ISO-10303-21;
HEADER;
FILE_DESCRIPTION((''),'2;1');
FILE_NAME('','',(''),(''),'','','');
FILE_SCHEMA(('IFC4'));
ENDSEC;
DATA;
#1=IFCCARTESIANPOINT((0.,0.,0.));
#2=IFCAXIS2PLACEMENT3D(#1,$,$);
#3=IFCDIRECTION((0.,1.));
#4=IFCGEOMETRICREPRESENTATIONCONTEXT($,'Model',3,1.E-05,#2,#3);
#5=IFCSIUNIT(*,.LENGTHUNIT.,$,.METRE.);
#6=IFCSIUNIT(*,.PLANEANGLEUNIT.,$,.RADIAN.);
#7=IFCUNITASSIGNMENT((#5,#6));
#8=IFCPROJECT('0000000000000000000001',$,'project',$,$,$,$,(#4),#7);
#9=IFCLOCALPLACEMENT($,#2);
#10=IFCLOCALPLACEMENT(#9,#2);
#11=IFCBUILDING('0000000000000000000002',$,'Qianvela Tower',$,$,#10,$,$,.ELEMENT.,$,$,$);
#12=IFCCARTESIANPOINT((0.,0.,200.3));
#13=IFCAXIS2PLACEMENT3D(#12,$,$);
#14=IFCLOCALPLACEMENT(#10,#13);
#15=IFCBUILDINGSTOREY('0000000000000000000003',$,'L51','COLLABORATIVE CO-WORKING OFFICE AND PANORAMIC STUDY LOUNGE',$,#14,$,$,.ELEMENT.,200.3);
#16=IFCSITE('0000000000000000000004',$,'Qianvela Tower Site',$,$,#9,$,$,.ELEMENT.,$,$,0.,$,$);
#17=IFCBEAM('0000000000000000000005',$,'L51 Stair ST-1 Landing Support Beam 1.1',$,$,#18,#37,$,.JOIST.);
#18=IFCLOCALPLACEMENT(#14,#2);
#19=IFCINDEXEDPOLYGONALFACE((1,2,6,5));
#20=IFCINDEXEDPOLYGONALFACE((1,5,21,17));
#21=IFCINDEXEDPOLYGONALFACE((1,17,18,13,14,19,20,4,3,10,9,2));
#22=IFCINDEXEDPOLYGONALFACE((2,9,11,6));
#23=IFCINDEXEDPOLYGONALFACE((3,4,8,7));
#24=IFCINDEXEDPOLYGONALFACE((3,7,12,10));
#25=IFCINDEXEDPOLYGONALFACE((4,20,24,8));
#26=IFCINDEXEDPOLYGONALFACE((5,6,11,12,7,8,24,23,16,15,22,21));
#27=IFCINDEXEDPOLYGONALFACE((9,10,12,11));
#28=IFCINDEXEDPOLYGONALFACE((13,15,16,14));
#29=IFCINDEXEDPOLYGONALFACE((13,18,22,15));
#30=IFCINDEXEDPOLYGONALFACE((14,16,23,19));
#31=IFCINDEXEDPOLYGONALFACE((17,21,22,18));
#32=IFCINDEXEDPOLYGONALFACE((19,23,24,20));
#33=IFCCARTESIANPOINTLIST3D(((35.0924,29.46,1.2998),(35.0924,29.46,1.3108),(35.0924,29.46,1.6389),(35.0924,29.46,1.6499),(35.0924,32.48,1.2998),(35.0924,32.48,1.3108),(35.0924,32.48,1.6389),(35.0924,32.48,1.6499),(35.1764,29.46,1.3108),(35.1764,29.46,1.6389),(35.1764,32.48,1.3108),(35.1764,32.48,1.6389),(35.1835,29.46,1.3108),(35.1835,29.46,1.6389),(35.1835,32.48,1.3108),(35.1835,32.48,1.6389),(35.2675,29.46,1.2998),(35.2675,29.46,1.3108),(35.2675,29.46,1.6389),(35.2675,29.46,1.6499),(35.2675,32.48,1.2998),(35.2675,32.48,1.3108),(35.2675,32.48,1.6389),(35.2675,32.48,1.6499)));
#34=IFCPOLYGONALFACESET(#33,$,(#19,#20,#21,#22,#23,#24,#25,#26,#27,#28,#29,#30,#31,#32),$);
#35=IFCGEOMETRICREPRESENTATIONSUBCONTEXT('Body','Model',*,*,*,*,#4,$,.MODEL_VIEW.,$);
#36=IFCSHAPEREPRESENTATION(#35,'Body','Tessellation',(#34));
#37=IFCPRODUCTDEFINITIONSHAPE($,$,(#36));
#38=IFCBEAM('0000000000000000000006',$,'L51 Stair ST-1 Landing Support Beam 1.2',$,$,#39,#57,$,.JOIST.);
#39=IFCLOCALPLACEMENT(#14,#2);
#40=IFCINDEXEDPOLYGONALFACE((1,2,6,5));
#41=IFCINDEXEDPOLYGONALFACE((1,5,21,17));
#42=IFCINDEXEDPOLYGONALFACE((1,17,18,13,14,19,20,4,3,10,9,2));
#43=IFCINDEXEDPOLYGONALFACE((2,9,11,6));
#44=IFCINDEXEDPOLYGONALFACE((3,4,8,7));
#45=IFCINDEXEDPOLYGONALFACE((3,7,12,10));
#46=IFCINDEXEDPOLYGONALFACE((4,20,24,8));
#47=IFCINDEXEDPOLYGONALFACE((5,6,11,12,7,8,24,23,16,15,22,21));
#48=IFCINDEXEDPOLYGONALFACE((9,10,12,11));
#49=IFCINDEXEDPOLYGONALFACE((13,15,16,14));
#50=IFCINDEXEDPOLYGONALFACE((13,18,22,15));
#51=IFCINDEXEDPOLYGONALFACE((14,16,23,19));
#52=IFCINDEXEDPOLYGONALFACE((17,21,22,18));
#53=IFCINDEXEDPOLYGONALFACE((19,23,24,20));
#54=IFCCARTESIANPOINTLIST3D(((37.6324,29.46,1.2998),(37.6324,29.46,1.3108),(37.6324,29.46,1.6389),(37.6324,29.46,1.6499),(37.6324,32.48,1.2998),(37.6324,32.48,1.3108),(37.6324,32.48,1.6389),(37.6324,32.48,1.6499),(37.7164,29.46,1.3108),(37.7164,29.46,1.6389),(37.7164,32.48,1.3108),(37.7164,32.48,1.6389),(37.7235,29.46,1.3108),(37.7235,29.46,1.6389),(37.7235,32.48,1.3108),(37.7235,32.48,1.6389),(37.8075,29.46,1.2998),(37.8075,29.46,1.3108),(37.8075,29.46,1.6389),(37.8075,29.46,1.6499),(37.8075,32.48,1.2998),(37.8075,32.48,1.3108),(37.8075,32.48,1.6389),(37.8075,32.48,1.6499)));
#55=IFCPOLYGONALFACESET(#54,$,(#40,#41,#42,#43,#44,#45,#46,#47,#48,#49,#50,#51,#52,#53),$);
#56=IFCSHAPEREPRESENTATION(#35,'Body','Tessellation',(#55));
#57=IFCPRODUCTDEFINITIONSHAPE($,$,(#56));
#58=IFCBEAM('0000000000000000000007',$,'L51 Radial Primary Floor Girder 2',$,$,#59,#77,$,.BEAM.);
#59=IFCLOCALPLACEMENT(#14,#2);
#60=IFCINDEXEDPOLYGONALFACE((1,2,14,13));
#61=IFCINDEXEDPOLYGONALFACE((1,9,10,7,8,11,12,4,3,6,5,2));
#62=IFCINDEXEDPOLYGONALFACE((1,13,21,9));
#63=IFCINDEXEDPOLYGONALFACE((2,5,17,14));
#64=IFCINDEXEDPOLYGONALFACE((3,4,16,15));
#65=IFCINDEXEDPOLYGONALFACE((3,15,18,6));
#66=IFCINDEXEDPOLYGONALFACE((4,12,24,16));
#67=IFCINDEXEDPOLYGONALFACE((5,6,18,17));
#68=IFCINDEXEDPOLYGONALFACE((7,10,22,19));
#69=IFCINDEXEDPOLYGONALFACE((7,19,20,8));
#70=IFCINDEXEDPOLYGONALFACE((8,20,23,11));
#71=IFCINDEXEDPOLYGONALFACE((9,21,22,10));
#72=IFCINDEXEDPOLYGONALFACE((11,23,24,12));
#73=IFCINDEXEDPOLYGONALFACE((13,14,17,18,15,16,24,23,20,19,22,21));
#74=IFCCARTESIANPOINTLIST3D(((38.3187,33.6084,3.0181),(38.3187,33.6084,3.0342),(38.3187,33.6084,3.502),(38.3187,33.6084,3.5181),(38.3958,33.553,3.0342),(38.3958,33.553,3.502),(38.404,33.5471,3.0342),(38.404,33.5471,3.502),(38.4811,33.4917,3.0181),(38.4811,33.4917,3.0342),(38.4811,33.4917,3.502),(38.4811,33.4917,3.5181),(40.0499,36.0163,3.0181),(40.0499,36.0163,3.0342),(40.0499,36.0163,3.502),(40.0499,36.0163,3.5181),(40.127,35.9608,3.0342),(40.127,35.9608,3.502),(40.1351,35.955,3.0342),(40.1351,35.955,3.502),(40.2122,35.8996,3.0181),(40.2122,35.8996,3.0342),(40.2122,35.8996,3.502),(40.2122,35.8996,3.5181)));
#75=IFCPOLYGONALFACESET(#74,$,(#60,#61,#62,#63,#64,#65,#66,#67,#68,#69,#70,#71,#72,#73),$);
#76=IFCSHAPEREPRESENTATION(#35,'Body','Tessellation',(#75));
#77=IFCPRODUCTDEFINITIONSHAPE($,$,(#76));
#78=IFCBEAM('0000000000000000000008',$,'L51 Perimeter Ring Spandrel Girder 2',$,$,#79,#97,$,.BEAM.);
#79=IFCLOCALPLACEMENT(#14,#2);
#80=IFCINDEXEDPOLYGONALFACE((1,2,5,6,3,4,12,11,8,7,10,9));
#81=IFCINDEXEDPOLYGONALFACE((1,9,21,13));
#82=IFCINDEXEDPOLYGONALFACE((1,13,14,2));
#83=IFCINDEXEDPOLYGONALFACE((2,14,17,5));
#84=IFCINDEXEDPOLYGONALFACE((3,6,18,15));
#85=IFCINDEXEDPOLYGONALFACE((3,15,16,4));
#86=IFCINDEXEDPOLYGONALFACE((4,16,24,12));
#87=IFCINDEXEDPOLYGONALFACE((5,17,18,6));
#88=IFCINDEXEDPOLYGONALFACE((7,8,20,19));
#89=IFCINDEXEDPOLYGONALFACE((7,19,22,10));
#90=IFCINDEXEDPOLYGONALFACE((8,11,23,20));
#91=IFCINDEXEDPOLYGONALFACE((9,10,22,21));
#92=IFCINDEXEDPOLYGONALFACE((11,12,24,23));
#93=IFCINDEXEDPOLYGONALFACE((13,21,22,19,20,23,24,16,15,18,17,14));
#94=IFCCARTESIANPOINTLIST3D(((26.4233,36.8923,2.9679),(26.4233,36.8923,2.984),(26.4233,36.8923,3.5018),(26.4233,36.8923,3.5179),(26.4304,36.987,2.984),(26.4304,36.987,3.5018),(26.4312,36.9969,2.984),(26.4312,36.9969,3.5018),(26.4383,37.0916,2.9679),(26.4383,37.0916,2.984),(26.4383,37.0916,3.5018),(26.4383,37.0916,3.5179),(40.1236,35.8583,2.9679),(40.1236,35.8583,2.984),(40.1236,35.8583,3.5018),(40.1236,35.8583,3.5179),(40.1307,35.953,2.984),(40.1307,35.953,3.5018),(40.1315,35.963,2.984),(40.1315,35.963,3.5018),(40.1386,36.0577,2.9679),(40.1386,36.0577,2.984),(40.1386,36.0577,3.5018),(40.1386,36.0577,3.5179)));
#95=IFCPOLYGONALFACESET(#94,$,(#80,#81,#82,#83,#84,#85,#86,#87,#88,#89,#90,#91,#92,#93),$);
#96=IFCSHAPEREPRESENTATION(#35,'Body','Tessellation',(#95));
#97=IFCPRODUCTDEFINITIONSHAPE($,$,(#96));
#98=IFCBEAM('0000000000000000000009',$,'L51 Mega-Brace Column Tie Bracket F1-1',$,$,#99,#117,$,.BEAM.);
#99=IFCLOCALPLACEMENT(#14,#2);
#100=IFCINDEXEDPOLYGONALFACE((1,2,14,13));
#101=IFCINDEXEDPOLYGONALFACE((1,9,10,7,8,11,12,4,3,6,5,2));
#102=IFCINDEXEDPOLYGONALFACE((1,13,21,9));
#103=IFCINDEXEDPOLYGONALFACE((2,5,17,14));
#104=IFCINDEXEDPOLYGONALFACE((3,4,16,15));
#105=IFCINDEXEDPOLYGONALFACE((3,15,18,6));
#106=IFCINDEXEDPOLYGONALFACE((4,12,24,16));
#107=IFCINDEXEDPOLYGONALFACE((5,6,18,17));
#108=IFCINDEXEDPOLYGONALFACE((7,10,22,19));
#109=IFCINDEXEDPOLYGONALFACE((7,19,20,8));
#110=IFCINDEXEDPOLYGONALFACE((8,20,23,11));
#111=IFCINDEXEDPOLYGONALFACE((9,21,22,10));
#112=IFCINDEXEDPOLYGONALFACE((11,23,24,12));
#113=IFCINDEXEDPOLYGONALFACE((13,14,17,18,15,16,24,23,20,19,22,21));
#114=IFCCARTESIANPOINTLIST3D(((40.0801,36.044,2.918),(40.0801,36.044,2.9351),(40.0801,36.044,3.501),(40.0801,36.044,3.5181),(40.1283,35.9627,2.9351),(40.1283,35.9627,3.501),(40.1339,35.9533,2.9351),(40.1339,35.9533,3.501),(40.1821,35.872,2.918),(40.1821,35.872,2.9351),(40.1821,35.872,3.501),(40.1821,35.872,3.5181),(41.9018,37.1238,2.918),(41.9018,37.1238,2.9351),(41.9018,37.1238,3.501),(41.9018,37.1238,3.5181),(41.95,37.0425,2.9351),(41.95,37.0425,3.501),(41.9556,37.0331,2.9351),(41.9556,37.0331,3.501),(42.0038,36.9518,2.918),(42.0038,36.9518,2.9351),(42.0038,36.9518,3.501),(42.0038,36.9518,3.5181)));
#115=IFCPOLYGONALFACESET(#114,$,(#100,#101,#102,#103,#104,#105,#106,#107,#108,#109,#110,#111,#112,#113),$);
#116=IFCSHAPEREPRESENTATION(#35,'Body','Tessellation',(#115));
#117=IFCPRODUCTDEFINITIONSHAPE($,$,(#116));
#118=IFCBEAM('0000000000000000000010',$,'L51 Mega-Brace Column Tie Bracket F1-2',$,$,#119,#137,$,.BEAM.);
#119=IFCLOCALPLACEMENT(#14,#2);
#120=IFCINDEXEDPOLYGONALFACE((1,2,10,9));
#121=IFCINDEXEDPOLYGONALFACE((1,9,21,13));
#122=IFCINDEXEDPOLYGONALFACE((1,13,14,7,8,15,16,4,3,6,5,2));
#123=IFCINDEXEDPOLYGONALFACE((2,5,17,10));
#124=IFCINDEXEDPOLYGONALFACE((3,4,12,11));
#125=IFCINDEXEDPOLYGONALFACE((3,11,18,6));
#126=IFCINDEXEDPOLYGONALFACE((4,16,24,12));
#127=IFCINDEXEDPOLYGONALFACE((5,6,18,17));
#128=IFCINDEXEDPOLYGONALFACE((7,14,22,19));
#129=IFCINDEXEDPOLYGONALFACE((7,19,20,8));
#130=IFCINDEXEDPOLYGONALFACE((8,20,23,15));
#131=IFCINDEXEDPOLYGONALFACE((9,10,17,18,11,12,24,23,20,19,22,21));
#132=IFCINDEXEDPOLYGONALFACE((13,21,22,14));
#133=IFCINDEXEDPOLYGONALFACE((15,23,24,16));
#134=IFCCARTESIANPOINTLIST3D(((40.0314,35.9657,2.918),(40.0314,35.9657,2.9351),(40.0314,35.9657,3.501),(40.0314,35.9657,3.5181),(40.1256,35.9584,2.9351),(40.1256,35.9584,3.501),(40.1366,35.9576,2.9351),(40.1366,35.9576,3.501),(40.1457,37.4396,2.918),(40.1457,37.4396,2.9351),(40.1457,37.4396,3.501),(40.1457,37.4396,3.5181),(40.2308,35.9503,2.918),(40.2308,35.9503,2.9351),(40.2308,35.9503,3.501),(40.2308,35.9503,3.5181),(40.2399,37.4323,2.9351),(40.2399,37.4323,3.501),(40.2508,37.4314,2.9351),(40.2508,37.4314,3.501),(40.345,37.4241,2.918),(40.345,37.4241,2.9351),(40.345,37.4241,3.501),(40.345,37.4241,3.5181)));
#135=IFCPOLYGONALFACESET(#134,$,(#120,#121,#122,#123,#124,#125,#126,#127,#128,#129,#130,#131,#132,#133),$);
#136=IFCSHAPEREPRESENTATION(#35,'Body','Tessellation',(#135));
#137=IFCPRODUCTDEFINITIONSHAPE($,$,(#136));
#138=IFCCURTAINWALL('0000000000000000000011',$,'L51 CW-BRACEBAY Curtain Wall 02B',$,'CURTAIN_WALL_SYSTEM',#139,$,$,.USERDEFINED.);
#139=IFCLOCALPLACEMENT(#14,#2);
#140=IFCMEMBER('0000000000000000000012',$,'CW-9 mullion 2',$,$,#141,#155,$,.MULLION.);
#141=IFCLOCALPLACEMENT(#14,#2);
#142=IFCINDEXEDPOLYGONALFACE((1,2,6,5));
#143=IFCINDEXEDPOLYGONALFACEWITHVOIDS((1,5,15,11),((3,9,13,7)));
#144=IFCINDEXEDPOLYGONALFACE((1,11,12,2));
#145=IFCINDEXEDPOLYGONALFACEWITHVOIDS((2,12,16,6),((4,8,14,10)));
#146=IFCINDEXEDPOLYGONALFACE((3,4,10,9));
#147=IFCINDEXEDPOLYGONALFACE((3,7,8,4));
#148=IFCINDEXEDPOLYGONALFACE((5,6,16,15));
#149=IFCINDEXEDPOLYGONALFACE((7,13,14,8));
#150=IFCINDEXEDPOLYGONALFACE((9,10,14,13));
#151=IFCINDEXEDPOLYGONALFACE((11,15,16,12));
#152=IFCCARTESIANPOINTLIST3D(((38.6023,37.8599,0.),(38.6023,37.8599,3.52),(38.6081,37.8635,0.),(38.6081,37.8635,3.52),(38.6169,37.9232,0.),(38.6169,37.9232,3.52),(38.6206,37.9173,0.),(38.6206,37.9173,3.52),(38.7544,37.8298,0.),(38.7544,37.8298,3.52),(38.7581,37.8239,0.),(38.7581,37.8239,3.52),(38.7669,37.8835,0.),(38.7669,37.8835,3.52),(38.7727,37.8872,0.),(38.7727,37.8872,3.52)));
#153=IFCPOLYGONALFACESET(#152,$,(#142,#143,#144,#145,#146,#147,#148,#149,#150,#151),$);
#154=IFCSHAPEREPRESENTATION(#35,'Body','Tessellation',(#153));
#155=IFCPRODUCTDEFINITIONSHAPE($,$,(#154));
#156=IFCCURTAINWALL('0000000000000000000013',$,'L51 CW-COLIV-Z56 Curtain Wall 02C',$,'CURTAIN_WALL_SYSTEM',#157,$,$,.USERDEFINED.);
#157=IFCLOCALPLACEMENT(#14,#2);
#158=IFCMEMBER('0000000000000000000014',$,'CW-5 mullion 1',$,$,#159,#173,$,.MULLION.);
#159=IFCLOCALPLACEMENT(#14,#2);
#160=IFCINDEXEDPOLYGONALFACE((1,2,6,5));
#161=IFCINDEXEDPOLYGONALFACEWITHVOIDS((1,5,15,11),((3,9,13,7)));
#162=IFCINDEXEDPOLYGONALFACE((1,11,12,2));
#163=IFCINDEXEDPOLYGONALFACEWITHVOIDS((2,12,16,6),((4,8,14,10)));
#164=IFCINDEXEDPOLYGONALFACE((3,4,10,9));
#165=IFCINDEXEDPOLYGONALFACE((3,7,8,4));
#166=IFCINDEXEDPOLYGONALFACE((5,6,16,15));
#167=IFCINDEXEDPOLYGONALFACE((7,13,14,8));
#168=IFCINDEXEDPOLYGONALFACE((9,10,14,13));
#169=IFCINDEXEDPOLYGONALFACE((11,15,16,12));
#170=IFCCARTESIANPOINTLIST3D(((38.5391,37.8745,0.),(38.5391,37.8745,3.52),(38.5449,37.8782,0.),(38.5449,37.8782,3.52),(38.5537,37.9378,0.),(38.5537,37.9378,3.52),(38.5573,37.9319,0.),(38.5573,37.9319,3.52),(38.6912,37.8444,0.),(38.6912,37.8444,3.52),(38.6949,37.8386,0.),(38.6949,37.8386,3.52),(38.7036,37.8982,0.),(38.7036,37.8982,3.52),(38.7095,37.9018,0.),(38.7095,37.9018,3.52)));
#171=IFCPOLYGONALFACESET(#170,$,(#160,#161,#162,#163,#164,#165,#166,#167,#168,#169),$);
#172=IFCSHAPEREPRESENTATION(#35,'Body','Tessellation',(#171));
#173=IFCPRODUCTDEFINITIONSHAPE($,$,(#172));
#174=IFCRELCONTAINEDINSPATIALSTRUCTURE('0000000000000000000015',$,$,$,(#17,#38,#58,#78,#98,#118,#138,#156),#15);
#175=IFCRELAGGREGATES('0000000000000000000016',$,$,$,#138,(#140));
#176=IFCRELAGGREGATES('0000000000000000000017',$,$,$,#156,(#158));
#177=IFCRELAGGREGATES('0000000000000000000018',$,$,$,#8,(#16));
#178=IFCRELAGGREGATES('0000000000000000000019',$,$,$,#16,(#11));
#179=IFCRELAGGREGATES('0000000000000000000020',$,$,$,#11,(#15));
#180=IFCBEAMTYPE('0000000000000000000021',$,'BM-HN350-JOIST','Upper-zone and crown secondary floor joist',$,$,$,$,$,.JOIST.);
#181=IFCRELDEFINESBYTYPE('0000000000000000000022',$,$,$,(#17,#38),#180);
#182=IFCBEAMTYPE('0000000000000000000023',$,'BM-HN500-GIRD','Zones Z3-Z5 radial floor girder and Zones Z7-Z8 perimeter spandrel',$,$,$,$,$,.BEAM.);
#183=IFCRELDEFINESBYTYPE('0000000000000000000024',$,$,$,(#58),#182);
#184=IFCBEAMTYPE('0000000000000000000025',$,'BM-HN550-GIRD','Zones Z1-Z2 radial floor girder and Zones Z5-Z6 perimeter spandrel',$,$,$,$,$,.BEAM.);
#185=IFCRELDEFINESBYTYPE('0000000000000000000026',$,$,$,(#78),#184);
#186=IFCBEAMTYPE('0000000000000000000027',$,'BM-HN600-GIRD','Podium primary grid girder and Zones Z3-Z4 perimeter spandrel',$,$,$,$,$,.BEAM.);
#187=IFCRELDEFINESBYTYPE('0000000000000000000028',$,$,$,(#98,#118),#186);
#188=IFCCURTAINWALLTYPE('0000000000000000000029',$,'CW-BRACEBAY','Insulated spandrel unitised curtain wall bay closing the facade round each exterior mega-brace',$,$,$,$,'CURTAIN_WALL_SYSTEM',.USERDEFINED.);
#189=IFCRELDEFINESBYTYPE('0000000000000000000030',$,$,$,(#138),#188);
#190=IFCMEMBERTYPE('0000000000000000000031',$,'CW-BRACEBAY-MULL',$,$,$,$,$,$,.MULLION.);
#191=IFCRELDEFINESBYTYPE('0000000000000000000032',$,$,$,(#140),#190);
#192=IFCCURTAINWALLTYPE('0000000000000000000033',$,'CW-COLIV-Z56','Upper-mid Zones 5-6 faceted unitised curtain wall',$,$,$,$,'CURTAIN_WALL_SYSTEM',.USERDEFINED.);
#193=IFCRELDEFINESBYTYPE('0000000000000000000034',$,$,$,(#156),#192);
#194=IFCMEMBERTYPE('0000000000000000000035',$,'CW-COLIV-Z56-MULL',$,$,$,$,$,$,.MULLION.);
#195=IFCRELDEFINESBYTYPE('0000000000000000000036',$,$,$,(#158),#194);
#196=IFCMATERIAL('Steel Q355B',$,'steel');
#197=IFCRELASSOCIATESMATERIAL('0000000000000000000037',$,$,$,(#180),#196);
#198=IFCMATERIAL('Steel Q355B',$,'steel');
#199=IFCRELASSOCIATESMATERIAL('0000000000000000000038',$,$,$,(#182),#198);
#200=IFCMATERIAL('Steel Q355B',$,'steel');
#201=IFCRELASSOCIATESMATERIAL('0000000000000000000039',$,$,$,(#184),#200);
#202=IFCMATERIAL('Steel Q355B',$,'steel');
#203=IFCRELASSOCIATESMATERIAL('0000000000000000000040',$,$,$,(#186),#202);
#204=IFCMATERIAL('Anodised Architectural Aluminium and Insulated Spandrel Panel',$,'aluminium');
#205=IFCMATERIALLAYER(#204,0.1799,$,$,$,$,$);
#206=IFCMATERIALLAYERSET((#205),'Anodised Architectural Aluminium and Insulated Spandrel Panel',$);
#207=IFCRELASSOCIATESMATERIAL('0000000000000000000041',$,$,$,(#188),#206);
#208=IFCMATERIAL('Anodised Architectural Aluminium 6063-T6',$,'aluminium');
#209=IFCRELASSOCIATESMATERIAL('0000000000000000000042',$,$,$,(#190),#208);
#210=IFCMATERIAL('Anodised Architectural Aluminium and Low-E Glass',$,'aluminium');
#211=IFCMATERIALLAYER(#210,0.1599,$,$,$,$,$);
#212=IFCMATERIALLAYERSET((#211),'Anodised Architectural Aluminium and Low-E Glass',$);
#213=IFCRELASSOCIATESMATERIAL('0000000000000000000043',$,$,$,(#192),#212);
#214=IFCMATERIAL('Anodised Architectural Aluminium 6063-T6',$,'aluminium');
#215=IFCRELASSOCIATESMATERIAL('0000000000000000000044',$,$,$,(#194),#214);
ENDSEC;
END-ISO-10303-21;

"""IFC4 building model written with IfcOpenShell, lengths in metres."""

from ifc_helpers import new_model, si_unit, direction, frame, origin, origin_2d, place, context, subcontext, project, spatial, hollow_rectangle, i_section, extrude, material, layer, layer_set, material_profile, profile_set, type_object, element, aggregate, save


model = new_model("IFC4")

# Units and contexts
model_context = context("Model", 3, precision=1e-05, world=origin(), true_north=direction((0.0, 1.0)))
body_context = subcontext(model_context, "Body", "Model", "MODEL_VIEW")
ifc_project = project(units=[si_unit("LENGTHUNIT", "METRE"), si_unit("PLANEANGLEUNIT", "RADIAN")], contexts=[model_context])

# Site, building, storey
site_placement = place(None, origin())
site = spatial("IfcSite", under=ifc_project, at=site_placement, Name="Qianvela Tower Site", CompositionType="ELEMENT", RefElevation=0.0)
building_placement = place(site_placement, origin())
building = spatial("IfcBuilding", under=site, at=building_placement, Name="Qianvela Tower", CompositionType="ELEMENT")
storey_placement = place(building_placement, frame((0.0, 0.0, 200.3)))
storey = spatial("IfcBuildingStorey", under=building, at=storey_placement, Name="L51", Description="COLLABORATIVE CO-WORKING OFFICE AND PANORAMIC STUDY LOUNGE", CompositionType="ELEMENT", Elevation=200.3)

# Beams
ifc_material_1 = material(Name="Steel Q355B", Category="steel")
ifc_material_profile_1 = material_profile(ifc_material_1, i_section(OverallWidth=0.175, OverallDepth=0.3501, WebThickness=0.0071, FlangeThickness=0.011, at=origin_2d()), Name="HN350x175x7x11")
ifc_profile_set_1 = profile_set([ifc_material_profile_1], Name="Steel Q355B")
beam_type_1 = type_object("IfcBeamType", Name="BM-HN350-JOIST", Description="Upper-zone and crown secondary floor joist", PredefinedType="JOIST", material=ifc_profile_set_1)
for number, where, z_axis, x_axis, name in (
    (1, (35.1799, 29.46, 1.4749), (0.0, 1.0, 0.0), (-1.0, 0.0, 0.0), "L51 Stair ST-1 Landing Support Beam 1.1"),
    (2, (37.72, 29.46, 1.4749), (0.0, 1.0, 0.0), (-1.0, 0.0, 0.0), "L51 Stair ST-1 Landing Support Beam 1.2"),
):
    element("IfcBeam", number, at=place(storey_placement, frame(where, z_axis=z_axis, x_axis=x_axis)), inside=storey, type_object=beam_type_1, Name=name, PredefinedType="JOIST", context=body_context, shape_type="SweptSolid", body=[
        extrude(i_section(OverallWidth=0.175, OverallDepth=0.3501, WebThickness=0.0071, FlangeThickness=0.011, at=origin_2d()), origin(), (0.0, 0.0, 1.0), 3.02),
    ])
ifc_material_2 = material(Name="Steel Q355B", Category="steel")
ifc_material_profile_2 = material_profile(ifc_material_2, i_section(OverallWidth=0.2, OverallDepth=0.5, WebThickness=0.01, FlangeThickness=0.0161, at=origin_2d()), Name="HN500x200x10x16")
ifc_profile_set_2 = profile_set([ifc_material_profile_2], Name="Steel Q355B")
beam_type_2 = type_object("IfcBeamType", Name="BM-HN500-GIRD", Description="Zones Z3-Z5 radial floor girder and Zones Z7-Z8 perimeter spandrel", PredefinedType="BEAM", material=ifc_profile_set_2)
beam_1_placement = place(storey_placement, frame((38.3999, 33.55, 3.2681), z_axis=(0.583743, 0.811939, 0.0), x_axis=(-0.811939, 0.583743, 0.0)))
element("IfcBeam", 3, at=beam_1_placement, inside=storey, type_object=beam_type_2, Name="L51 Radial Primary Floor Girder 2", PredefinedType="BEAM", context=body_context, shape_type="SweptSolid", body=[
    extrude(i_section(OverallWidth=0.2, OverallDepth=0.5, WebThickness=0.01, FlangeThickness=0.0161, at=origin_2d()), origin(), (0.0, 0.0, 1.0), 2.9656),
])
ifc_material_3 = material(Name="Steel Q355B", Category="steel")
ifc_material_profile_3 = material_profile(ifc_material_3, i_section(OverallWidth=0.2, OverallDepth=0.55, WebThickness=0.01, FlangeThickness=0.0161, at=origin_2d()), Name="HN550x200x10x16")
ifc_profile_set_3 = profile_set([ifc_material_profile_3], Name="Steel Q355B")
beam_type_3 = type_object("IfcBeamType", Name="BM-HN550-GIRD", Description="Zones Z1-Z2 radial floor girder and Zones Z5-Z6 perimeter spandrel", PredefinedType="BEAM", material=ifc_profile_set_3)
beam_2_placement = place(storey_placement, frame((40.1311, 35.958, 3.2429), z_axis=(-0.997164, 0.075255, 0.0), x_axis=(-0.075255, -0.997164, 0.0)))
element("IfcBeam", 4, at=beam_2_placement, inside=storey, type_object=beam_type_3, Name="L51 Perimeter Ring Spandrel Girder 2", PredefinedType="BEAM", context=body_context, shape_type="SweptSolid", body=[
    extrude(i_section(OverallWidth=0.2, OverallDepth=0.55, WebThickness=0.01, FlangeThickness=0.0161, at=origin_2d()), origin(), (0.0, 0.0, 1.0), 13.7393),
])
ifc_material_4 = material(Name="Steel Q355B", Category="steel")
ifc_material_profile_4 = material_profile(ifc_material_4, i_section(OverallWidth=0.2, OverallDepth=0.6001, WebThickness=0.011, FlangeThickness=0.0171, at=origin_2d()), Name="HN600x200x11x17")
ifc_profile_set_4 = profile_set([ifc_material_profile_4], Name="Steel Q355B")
beam_type_4 = type_object("IfcBeamType", Name="BM-HN600-GIRD", Description="Podium primary grid girder and Zones Z3-Z4 perimeter spandrel", PredefinedType="BEAM", material=ifc_profile_set_4)
beam_3_placement = place(storey_placement, frame((40.1311, 35.958, 3.218), z_axis=(0.860237, 0.509894, 0.0), x_axis=(-0.509894, 0.860237, 0.0)))
element("IfcBeam", 5, at=beam_3_placement, inside=storey, type_object=beam_type_4, Name="L51 Mega-Brace Column Tie Bracket F1-1", PredefinedType="BEAM", context=body_context, shape_type="SweptSolid", body=[
    extrude(i_section(OverallWidth=0.2, OverallDepth=0.6001, WebThickness=0.011, FlangeThickness=0.0171, at=origin_2d()), origin(), (0.0, 0.0, 1.0), 2.1177),
])
beam_4_placement = place(storey_placement, frame((40.1311, 35.958, 3.218), z_axis=(0.07729, 0.997009, 0.0), x_axis=(-0.997009, 0.07729, 0.0)))
element("IfcBeam", 6, at=beam_4_placement, inside=storey, type_object=beam_type_4, Name="L51 Mega-Brace Column Tie Bracket F1-2", PredefinedType="BEAM", context=body_context, shape_type="SweptSolid", body=[
    extrude(i_section(OverallWidth=0.2, OverallDepth=0.6001, WebThickness=0.011, FlangeThickness=0.0171, at=origin_2d()), origin(), (0.0, 0.0, 1.0), 1.4783),
])

# Curtain wall, member
ifc_material_5 = material(Name="Anodised Architectural Aluminium and Insulated Spandrel Panel", Category="aluminium")
ifc_layer_1 = layer(ifc_material_5, 0.1799)
ifc_layer_set_1 = layer_set([ifc_layer_1], Name="Anodised Architectural Aluminium and Insulated Spandrel Panel")
curtain_wall_type_1 = type_object("IfcCurtainWallType", Name="CW-BRACEBAY", Description="Insulated spandrel unitised curtain wall bay closing the facade round each exterior mega-brace", ElementType="CURTAIN_WALL_SYSTEM", PredefinedType="USERDEFINED", material=ifc_layer_set_1)
curtain_wall_1_placement = place(storey_placement, origin())
curtain_wall_1 = element("IfcCurtainWall", 7, at=curtain_wall_1_placement, inside=storey, type_object=curtain_wall_type_1, Name="L51 CW-BRACEBAY Curtain Wall 02B", ObjectType="CURTAIN_WALL_SYSTEM", PredefinedType="USERDEFINED")
ifc_material_6 = material(Name="Anodised Architectural Aluminium 6063-T6", Category="aluminium")
ifc_material_profile_5 = material_profile(ifc_material_6, hollow_rectangle(XDim=0.0649, YDim=0.1599, WallThickness=0.0049, at=origin_2d()), Name="ALU-MULL-65x160")
ifc_profile_set_5 = profile_set([ifc_material_profile_5], Name="Anodised Architectural Aluminium 6063-T6")
member_type_1 = type_object("IfcMemberType", Name="CW-BRACEBAY-MULL", PredefinedType="MULLION", material=ifc_profile_set_5)
member_1_placement = place(storey_placement, frame((38.6875, 37.8735, 0.0), z_axis=(0.0, 0.0, 1.0), x_axis=(-0.224842, -0.974395, 0.0)))
member_1 = element("IfcMember", 8, at=member_1_placement, type_object=member_type_1, Name="CW-9 mullion 2", PredefinedType="MULLION", context=body_context, shape_type="SweptSolid", body=[
    extrude(hollow_rectangle(XDim=0.0649, YDim=0.1599, WallThickness=0.0049, at=origin_2d()), origin(), (0.0, 0.0, 1.0), 3.52),
])
aggregate(curtain_wall_1, [member_1])

# Curtain wall, member
ifc_material_7 = material(Name="Anodised Architectural Aluminium and Low-E Glass", Category="aluminium")
ifc_layer_2 = layer(ifc_material_7, 0.1599)
ifc_layer_set_2 = layer_set([ifc_layer_2], Name="Anodised Architectural Aluminium and Low-E Glass")
curtain_wall_type_2 = type_object("IfcCurtainWallType", Name="CW-COLIV-Z56", Description="Upper-mid Zones 5-6 faceted unitised curtain wall", ElementType="CURTAIN_WALL_SYSTEM", PredefinedType="USERDEFINED", material=ifc_layer_set_2)
curtain_wall_2_placement = place(storey_placement, origin())
curtain_wall_2 = element("IfcCurtainWall", 9, at=curtain_wall_2_placement, inside=storey, type_object=curtain_wall_type_2, Name="L51 CW-COLIV-Z56 Curtain Wall 02C", ObjectType="CURTAIN_WALL_SYSTEM", PredefinedType="USERDEFINED")
ifc_material_8 = material(Name="Anodised Architectural Aluminium 6063-T6", Category="aluminium")
ifc_material_profile_6 = material_profile(ifc_material_8, hollow_rectangle(XDim=0.0649, YDim=0.1599, WallThickness=0.0049, at=origin_2d()), Name="ALU-MULL-65x160")
ifc_profile_set_6 = profile_set([ifc_material_profile_6], Name="Anodised Architectural Aluminium 6063-T6")
member_type_2 = type_object("IfcMemberType", Name="CW-COLIV-Z56-MULL", PredefinedType="MULLION", material=ifc_profile_set_6)
member_2_placement = place(storey_placement, frame((38.6243, 37.8882, 0.0), z_axis=(0.0, 0.0, 1.0), x_axis=(-0.224831, -0.974398, 0.0)))
member_2 = element("IfcMember", 10, at=member_2_placement, type_object=member_type_2, Name="CW-5 mullion 1", PredefinedType="MULLION", context=body_context, shape_type="SweptSolid", body=[
    extrude(hollow_rectangle(XDim=0.0649, YDim=0.1599, WallThickness=0.0049, at=origin_2d()), origin(), (0.0, 0.0, 1.0), 3.52),
])

aggregate(curtain_wall_2, [member_2])

save(model, "model.ifc")
